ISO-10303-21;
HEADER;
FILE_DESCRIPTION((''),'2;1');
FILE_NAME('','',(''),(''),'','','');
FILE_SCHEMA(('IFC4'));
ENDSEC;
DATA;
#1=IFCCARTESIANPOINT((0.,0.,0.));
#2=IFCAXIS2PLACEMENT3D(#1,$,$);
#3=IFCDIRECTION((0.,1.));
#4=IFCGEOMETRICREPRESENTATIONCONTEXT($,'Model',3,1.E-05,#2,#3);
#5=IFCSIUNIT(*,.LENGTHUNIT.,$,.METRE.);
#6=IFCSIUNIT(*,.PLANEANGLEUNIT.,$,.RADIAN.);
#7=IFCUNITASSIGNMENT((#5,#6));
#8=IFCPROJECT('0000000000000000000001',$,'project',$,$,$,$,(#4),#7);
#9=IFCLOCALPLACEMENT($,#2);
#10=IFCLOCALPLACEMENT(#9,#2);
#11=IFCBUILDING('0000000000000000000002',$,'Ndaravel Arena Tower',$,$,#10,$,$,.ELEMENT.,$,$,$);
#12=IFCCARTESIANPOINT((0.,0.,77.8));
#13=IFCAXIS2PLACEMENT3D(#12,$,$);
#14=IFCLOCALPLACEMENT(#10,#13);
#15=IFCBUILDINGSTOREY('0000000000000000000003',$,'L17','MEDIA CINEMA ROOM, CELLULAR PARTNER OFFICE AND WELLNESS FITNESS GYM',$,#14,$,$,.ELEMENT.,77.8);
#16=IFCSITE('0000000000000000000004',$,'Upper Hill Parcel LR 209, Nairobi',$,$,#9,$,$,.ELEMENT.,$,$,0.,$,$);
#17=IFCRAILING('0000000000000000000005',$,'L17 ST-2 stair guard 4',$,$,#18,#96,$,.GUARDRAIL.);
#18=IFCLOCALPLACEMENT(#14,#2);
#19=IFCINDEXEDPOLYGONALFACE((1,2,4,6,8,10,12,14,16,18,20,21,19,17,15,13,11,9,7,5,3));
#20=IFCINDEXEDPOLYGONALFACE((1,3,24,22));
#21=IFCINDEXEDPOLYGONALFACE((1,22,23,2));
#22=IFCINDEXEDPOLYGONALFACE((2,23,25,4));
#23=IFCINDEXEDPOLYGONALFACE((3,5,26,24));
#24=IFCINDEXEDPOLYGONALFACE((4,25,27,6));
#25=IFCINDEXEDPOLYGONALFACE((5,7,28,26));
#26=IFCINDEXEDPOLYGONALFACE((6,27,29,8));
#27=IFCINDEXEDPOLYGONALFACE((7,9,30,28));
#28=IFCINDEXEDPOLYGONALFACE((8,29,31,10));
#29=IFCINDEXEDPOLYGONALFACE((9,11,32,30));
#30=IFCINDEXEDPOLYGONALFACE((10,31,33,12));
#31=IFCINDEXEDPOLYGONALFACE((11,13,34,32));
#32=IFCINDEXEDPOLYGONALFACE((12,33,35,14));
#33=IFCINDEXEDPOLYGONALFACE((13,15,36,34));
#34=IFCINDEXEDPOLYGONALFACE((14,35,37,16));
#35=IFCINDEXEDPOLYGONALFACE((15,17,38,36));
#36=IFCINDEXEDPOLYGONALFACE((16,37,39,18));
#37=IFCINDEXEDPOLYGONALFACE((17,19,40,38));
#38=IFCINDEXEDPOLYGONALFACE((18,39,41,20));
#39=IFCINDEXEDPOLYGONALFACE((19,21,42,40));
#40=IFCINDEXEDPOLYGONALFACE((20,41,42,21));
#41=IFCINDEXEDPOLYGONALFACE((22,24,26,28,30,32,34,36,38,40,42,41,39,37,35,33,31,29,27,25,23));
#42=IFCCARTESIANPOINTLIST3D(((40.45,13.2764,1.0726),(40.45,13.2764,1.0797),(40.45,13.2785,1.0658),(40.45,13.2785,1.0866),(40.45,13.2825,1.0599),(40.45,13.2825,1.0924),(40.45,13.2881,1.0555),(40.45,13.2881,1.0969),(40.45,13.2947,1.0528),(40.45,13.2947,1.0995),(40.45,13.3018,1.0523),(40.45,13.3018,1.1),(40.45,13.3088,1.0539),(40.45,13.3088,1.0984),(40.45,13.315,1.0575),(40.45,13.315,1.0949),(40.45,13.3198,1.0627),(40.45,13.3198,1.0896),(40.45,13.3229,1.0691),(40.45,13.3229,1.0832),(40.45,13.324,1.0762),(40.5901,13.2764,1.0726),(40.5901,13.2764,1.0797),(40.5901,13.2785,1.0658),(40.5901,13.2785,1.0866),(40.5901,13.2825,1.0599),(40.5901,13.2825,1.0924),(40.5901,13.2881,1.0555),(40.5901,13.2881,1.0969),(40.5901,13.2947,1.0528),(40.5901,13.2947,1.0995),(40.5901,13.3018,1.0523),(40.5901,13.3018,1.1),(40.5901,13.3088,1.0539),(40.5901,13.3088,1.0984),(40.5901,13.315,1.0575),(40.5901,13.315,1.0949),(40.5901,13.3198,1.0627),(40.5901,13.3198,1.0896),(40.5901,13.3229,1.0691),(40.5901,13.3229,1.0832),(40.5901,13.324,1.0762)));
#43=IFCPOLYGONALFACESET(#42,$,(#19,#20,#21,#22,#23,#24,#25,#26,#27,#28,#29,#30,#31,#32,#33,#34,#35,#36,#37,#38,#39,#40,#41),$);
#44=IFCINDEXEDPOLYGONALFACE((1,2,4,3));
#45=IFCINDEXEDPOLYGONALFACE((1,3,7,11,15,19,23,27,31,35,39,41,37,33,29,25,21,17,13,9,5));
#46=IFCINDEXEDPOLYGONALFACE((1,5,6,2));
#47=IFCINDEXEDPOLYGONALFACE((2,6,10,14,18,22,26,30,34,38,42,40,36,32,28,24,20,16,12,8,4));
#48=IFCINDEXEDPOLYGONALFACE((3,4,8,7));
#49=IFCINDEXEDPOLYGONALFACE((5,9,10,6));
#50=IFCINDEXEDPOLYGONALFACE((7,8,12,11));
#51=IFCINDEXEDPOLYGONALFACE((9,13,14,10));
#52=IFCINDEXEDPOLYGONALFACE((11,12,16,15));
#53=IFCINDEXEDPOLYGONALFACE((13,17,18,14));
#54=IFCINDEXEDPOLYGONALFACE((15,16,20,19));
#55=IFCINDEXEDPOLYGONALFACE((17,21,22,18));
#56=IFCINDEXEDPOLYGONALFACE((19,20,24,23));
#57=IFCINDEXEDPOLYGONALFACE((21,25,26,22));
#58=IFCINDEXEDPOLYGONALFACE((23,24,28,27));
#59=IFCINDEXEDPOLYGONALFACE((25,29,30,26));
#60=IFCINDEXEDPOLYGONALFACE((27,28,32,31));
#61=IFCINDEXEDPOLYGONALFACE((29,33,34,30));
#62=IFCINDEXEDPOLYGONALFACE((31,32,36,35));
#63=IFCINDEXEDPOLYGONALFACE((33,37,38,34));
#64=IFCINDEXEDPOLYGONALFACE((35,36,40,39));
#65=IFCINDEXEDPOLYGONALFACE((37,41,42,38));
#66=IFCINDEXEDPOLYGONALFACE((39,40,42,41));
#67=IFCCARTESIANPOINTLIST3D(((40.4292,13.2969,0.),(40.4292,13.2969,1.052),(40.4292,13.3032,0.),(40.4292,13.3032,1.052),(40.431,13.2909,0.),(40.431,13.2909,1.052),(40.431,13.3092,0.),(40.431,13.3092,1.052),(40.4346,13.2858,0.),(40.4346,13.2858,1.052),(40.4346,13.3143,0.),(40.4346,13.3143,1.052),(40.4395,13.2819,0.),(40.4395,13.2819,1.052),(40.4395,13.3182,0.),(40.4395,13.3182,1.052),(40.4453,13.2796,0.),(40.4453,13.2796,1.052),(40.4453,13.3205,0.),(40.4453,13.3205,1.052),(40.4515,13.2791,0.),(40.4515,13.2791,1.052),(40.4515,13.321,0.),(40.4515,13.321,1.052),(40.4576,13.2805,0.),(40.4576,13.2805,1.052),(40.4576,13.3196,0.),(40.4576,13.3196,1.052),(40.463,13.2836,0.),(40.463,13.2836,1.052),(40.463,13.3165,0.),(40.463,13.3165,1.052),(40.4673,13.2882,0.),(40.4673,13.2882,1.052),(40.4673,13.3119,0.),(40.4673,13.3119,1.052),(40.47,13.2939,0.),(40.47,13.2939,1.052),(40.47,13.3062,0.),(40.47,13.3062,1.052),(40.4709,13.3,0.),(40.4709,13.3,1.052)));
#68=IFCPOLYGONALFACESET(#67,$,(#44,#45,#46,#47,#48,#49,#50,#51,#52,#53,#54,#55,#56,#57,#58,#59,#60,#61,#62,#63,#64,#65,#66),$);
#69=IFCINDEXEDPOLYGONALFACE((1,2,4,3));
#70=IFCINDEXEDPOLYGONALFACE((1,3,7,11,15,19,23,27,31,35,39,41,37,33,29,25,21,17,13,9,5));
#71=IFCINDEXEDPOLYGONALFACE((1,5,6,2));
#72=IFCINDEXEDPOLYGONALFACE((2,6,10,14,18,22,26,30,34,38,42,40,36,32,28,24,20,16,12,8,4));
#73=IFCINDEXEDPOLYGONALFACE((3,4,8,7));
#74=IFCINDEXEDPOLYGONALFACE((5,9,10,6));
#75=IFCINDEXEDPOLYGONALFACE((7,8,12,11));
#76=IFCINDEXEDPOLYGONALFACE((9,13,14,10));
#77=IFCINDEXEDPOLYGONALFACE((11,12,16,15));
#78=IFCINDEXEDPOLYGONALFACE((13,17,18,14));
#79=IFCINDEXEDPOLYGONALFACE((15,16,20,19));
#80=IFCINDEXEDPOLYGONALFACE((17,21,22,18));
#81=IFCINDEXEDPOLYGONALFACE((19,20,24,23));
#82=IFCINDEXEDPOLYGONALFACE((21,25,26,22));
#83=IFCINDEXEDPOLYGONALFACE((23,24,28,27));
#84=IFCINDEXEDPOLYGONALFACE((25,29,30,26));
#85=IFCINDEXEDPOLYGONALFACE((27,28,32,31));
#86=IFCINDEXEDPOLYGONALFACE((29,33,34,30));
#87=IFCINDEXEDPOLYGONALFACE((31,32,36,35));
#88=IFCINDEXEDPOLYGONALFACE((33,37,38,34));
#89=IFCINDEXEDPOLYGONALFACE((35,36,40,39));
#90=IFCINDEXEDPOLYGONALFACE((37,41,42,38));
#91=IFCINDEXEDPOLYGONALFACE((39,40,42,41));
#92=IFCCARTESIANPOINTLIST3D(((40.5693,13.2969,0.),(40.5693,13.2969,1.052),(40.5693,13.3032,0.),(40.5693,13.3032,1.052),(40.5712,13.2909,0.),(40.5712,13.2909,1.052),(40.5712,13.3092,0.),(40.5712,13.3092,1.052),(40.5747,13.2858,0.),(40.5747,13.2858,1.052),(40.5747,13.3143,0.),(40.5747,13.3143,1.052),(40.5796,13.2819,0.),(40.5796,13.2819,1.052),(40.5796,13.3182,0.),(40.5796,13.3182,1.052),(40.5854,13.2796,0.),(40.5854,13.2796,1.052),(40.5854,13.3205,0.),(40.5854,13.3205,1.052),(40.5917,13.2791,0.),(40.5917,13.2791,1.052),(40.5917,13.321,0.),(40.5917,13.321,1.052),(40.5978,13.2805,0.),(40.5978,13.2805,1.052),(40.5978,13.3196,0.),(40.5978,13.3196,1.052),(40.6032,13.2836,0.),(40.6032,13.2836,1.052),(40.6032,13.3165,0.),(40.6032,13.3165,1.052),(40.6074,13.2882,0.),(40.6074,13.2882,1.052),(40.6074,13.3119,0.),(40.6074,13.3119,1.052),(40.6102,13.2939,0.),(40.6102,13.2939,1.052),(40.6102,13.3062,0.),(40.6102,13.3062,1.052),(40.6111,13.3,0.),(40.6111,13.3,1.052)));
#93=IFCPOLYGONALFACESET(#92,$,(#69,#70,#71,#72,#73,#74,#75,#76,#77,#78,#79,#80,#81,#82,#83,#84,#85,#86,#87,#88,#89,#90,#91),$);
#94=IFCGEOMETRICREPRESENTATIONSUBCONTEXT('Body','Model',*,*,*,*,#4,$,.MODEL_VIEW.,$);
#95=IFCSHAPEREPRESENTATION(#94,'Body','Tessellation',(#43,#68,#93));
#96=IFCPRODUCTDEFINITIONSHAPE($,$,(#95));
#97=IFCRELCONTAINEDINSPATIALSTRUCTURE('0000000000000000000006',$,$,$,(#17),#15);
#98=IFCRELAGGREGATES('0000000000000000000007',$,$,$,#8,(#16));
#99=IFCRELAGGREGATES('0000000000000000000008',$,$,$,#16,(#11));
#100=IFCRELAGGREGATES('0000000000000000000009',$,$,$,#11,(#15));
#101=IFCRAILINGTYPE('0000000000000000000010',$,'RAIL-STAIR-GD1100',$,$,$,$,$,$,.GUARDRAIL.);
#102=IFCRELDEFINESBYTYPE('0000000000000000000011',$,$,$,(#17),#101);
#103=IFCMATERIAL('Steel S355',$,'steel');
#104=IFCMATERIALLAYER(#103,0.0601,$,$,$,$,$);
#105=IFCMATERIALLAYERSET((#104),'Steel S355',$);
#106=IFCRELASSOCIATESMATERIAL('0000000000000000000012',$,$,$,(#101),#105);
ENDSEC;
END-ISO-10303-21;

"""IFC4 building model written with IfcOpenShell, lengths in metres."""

from ifc_helpers import new_model, si_unit, direction, frame, origin, origin_2d, place, context, subcontext, project, spatial, circle, extrude, material, layer, layer_set, type_object, element, save


model = new_model("IFC4")

# Units and contexts
model_context = context("Model", 3, precision=1e-05, world=origin(), true_north=direction((0.0, 1.0)))
body_context = subcontext(model_context, "Body", "Model", "MODEL_VIEW")
ifc_project = project(units=[si_unit("LENGTHUNIT", "METRE"), si_unit("PLANEANGLEUNIT", "RADIAN")], contexts=[model_context])

# Site, building, storey
site_placement = place(None, origin())
site = spatial("IfcSite", under=ifc_project, at=site_placement, Name="Upper Hill Parcel LR 209, Nairobi", CompositionType="ELEMENT", RefElevation=0.0)
building_placement = place(site_placement, origin())
building = spatial("IfcBuilding", under=site, at=building_placement, Name="Ndaravel Arena Tower", CompositionType="ELEMENT")
storey_placement = place(building_placement, frame((0.0, 0.0, 77.8)))
storey = spatial("IfcBuildingStorey", under=building, at=storey_placement, Name="L17", Description="MEDIA CINEMA ROOM, CELLULAR PARTNER OFFICE AND WELLNESS FITNESS GYM", CompositionType="ELEMENT", Elevation=77.8)

# Railing
ifc_material_1 = material(Name="Steel S355", Category="steel")
ifc_layer_1 = layer(ifc_material_1, 0.0601)
ifc_layer_set_1 = layer_set([ifc_layer_1], Name="Steel S355")
railing_type_1 = type_object("IfcRailingType", Name="RAIL-STAIR-GD1100", PredefinedType="GUARDRAIL", material=ifc_layer_set_1)
railing_1_placement = place(storey_placement, frame((40.45, 13.3, 0.0)))
element("IfcRailing", 1, at=railing_1_placement, inside=storey, type_object=railing_type_1, Name="L17 ST-2 stair guard 4", PredefinedType="GUARDRAIL", context=body_context, shape_type="SweptSolid", body=[
    extrude(circle(Radius=0.0239, at=origin_2d()), frame((0.0, 0.0, 1.0762), z_axis=(1.0, 0.0, 0.0), x_axis=(0.0, 1.0, 0.0)), (0.0, 0.0, 1.0), 0.1401),
    extrude(circle(Radius=0.021, at=origin_2d()), origin(), (0.0, 0.0, 1.0), 1.052),
    extrude(circle(Radius=0.021, at=origin_2d()), frame((0.1401, 0.0, 0.0)), (0.0, 0.0, 1.0), 1.052),
])

save(model, "model.ifc")
